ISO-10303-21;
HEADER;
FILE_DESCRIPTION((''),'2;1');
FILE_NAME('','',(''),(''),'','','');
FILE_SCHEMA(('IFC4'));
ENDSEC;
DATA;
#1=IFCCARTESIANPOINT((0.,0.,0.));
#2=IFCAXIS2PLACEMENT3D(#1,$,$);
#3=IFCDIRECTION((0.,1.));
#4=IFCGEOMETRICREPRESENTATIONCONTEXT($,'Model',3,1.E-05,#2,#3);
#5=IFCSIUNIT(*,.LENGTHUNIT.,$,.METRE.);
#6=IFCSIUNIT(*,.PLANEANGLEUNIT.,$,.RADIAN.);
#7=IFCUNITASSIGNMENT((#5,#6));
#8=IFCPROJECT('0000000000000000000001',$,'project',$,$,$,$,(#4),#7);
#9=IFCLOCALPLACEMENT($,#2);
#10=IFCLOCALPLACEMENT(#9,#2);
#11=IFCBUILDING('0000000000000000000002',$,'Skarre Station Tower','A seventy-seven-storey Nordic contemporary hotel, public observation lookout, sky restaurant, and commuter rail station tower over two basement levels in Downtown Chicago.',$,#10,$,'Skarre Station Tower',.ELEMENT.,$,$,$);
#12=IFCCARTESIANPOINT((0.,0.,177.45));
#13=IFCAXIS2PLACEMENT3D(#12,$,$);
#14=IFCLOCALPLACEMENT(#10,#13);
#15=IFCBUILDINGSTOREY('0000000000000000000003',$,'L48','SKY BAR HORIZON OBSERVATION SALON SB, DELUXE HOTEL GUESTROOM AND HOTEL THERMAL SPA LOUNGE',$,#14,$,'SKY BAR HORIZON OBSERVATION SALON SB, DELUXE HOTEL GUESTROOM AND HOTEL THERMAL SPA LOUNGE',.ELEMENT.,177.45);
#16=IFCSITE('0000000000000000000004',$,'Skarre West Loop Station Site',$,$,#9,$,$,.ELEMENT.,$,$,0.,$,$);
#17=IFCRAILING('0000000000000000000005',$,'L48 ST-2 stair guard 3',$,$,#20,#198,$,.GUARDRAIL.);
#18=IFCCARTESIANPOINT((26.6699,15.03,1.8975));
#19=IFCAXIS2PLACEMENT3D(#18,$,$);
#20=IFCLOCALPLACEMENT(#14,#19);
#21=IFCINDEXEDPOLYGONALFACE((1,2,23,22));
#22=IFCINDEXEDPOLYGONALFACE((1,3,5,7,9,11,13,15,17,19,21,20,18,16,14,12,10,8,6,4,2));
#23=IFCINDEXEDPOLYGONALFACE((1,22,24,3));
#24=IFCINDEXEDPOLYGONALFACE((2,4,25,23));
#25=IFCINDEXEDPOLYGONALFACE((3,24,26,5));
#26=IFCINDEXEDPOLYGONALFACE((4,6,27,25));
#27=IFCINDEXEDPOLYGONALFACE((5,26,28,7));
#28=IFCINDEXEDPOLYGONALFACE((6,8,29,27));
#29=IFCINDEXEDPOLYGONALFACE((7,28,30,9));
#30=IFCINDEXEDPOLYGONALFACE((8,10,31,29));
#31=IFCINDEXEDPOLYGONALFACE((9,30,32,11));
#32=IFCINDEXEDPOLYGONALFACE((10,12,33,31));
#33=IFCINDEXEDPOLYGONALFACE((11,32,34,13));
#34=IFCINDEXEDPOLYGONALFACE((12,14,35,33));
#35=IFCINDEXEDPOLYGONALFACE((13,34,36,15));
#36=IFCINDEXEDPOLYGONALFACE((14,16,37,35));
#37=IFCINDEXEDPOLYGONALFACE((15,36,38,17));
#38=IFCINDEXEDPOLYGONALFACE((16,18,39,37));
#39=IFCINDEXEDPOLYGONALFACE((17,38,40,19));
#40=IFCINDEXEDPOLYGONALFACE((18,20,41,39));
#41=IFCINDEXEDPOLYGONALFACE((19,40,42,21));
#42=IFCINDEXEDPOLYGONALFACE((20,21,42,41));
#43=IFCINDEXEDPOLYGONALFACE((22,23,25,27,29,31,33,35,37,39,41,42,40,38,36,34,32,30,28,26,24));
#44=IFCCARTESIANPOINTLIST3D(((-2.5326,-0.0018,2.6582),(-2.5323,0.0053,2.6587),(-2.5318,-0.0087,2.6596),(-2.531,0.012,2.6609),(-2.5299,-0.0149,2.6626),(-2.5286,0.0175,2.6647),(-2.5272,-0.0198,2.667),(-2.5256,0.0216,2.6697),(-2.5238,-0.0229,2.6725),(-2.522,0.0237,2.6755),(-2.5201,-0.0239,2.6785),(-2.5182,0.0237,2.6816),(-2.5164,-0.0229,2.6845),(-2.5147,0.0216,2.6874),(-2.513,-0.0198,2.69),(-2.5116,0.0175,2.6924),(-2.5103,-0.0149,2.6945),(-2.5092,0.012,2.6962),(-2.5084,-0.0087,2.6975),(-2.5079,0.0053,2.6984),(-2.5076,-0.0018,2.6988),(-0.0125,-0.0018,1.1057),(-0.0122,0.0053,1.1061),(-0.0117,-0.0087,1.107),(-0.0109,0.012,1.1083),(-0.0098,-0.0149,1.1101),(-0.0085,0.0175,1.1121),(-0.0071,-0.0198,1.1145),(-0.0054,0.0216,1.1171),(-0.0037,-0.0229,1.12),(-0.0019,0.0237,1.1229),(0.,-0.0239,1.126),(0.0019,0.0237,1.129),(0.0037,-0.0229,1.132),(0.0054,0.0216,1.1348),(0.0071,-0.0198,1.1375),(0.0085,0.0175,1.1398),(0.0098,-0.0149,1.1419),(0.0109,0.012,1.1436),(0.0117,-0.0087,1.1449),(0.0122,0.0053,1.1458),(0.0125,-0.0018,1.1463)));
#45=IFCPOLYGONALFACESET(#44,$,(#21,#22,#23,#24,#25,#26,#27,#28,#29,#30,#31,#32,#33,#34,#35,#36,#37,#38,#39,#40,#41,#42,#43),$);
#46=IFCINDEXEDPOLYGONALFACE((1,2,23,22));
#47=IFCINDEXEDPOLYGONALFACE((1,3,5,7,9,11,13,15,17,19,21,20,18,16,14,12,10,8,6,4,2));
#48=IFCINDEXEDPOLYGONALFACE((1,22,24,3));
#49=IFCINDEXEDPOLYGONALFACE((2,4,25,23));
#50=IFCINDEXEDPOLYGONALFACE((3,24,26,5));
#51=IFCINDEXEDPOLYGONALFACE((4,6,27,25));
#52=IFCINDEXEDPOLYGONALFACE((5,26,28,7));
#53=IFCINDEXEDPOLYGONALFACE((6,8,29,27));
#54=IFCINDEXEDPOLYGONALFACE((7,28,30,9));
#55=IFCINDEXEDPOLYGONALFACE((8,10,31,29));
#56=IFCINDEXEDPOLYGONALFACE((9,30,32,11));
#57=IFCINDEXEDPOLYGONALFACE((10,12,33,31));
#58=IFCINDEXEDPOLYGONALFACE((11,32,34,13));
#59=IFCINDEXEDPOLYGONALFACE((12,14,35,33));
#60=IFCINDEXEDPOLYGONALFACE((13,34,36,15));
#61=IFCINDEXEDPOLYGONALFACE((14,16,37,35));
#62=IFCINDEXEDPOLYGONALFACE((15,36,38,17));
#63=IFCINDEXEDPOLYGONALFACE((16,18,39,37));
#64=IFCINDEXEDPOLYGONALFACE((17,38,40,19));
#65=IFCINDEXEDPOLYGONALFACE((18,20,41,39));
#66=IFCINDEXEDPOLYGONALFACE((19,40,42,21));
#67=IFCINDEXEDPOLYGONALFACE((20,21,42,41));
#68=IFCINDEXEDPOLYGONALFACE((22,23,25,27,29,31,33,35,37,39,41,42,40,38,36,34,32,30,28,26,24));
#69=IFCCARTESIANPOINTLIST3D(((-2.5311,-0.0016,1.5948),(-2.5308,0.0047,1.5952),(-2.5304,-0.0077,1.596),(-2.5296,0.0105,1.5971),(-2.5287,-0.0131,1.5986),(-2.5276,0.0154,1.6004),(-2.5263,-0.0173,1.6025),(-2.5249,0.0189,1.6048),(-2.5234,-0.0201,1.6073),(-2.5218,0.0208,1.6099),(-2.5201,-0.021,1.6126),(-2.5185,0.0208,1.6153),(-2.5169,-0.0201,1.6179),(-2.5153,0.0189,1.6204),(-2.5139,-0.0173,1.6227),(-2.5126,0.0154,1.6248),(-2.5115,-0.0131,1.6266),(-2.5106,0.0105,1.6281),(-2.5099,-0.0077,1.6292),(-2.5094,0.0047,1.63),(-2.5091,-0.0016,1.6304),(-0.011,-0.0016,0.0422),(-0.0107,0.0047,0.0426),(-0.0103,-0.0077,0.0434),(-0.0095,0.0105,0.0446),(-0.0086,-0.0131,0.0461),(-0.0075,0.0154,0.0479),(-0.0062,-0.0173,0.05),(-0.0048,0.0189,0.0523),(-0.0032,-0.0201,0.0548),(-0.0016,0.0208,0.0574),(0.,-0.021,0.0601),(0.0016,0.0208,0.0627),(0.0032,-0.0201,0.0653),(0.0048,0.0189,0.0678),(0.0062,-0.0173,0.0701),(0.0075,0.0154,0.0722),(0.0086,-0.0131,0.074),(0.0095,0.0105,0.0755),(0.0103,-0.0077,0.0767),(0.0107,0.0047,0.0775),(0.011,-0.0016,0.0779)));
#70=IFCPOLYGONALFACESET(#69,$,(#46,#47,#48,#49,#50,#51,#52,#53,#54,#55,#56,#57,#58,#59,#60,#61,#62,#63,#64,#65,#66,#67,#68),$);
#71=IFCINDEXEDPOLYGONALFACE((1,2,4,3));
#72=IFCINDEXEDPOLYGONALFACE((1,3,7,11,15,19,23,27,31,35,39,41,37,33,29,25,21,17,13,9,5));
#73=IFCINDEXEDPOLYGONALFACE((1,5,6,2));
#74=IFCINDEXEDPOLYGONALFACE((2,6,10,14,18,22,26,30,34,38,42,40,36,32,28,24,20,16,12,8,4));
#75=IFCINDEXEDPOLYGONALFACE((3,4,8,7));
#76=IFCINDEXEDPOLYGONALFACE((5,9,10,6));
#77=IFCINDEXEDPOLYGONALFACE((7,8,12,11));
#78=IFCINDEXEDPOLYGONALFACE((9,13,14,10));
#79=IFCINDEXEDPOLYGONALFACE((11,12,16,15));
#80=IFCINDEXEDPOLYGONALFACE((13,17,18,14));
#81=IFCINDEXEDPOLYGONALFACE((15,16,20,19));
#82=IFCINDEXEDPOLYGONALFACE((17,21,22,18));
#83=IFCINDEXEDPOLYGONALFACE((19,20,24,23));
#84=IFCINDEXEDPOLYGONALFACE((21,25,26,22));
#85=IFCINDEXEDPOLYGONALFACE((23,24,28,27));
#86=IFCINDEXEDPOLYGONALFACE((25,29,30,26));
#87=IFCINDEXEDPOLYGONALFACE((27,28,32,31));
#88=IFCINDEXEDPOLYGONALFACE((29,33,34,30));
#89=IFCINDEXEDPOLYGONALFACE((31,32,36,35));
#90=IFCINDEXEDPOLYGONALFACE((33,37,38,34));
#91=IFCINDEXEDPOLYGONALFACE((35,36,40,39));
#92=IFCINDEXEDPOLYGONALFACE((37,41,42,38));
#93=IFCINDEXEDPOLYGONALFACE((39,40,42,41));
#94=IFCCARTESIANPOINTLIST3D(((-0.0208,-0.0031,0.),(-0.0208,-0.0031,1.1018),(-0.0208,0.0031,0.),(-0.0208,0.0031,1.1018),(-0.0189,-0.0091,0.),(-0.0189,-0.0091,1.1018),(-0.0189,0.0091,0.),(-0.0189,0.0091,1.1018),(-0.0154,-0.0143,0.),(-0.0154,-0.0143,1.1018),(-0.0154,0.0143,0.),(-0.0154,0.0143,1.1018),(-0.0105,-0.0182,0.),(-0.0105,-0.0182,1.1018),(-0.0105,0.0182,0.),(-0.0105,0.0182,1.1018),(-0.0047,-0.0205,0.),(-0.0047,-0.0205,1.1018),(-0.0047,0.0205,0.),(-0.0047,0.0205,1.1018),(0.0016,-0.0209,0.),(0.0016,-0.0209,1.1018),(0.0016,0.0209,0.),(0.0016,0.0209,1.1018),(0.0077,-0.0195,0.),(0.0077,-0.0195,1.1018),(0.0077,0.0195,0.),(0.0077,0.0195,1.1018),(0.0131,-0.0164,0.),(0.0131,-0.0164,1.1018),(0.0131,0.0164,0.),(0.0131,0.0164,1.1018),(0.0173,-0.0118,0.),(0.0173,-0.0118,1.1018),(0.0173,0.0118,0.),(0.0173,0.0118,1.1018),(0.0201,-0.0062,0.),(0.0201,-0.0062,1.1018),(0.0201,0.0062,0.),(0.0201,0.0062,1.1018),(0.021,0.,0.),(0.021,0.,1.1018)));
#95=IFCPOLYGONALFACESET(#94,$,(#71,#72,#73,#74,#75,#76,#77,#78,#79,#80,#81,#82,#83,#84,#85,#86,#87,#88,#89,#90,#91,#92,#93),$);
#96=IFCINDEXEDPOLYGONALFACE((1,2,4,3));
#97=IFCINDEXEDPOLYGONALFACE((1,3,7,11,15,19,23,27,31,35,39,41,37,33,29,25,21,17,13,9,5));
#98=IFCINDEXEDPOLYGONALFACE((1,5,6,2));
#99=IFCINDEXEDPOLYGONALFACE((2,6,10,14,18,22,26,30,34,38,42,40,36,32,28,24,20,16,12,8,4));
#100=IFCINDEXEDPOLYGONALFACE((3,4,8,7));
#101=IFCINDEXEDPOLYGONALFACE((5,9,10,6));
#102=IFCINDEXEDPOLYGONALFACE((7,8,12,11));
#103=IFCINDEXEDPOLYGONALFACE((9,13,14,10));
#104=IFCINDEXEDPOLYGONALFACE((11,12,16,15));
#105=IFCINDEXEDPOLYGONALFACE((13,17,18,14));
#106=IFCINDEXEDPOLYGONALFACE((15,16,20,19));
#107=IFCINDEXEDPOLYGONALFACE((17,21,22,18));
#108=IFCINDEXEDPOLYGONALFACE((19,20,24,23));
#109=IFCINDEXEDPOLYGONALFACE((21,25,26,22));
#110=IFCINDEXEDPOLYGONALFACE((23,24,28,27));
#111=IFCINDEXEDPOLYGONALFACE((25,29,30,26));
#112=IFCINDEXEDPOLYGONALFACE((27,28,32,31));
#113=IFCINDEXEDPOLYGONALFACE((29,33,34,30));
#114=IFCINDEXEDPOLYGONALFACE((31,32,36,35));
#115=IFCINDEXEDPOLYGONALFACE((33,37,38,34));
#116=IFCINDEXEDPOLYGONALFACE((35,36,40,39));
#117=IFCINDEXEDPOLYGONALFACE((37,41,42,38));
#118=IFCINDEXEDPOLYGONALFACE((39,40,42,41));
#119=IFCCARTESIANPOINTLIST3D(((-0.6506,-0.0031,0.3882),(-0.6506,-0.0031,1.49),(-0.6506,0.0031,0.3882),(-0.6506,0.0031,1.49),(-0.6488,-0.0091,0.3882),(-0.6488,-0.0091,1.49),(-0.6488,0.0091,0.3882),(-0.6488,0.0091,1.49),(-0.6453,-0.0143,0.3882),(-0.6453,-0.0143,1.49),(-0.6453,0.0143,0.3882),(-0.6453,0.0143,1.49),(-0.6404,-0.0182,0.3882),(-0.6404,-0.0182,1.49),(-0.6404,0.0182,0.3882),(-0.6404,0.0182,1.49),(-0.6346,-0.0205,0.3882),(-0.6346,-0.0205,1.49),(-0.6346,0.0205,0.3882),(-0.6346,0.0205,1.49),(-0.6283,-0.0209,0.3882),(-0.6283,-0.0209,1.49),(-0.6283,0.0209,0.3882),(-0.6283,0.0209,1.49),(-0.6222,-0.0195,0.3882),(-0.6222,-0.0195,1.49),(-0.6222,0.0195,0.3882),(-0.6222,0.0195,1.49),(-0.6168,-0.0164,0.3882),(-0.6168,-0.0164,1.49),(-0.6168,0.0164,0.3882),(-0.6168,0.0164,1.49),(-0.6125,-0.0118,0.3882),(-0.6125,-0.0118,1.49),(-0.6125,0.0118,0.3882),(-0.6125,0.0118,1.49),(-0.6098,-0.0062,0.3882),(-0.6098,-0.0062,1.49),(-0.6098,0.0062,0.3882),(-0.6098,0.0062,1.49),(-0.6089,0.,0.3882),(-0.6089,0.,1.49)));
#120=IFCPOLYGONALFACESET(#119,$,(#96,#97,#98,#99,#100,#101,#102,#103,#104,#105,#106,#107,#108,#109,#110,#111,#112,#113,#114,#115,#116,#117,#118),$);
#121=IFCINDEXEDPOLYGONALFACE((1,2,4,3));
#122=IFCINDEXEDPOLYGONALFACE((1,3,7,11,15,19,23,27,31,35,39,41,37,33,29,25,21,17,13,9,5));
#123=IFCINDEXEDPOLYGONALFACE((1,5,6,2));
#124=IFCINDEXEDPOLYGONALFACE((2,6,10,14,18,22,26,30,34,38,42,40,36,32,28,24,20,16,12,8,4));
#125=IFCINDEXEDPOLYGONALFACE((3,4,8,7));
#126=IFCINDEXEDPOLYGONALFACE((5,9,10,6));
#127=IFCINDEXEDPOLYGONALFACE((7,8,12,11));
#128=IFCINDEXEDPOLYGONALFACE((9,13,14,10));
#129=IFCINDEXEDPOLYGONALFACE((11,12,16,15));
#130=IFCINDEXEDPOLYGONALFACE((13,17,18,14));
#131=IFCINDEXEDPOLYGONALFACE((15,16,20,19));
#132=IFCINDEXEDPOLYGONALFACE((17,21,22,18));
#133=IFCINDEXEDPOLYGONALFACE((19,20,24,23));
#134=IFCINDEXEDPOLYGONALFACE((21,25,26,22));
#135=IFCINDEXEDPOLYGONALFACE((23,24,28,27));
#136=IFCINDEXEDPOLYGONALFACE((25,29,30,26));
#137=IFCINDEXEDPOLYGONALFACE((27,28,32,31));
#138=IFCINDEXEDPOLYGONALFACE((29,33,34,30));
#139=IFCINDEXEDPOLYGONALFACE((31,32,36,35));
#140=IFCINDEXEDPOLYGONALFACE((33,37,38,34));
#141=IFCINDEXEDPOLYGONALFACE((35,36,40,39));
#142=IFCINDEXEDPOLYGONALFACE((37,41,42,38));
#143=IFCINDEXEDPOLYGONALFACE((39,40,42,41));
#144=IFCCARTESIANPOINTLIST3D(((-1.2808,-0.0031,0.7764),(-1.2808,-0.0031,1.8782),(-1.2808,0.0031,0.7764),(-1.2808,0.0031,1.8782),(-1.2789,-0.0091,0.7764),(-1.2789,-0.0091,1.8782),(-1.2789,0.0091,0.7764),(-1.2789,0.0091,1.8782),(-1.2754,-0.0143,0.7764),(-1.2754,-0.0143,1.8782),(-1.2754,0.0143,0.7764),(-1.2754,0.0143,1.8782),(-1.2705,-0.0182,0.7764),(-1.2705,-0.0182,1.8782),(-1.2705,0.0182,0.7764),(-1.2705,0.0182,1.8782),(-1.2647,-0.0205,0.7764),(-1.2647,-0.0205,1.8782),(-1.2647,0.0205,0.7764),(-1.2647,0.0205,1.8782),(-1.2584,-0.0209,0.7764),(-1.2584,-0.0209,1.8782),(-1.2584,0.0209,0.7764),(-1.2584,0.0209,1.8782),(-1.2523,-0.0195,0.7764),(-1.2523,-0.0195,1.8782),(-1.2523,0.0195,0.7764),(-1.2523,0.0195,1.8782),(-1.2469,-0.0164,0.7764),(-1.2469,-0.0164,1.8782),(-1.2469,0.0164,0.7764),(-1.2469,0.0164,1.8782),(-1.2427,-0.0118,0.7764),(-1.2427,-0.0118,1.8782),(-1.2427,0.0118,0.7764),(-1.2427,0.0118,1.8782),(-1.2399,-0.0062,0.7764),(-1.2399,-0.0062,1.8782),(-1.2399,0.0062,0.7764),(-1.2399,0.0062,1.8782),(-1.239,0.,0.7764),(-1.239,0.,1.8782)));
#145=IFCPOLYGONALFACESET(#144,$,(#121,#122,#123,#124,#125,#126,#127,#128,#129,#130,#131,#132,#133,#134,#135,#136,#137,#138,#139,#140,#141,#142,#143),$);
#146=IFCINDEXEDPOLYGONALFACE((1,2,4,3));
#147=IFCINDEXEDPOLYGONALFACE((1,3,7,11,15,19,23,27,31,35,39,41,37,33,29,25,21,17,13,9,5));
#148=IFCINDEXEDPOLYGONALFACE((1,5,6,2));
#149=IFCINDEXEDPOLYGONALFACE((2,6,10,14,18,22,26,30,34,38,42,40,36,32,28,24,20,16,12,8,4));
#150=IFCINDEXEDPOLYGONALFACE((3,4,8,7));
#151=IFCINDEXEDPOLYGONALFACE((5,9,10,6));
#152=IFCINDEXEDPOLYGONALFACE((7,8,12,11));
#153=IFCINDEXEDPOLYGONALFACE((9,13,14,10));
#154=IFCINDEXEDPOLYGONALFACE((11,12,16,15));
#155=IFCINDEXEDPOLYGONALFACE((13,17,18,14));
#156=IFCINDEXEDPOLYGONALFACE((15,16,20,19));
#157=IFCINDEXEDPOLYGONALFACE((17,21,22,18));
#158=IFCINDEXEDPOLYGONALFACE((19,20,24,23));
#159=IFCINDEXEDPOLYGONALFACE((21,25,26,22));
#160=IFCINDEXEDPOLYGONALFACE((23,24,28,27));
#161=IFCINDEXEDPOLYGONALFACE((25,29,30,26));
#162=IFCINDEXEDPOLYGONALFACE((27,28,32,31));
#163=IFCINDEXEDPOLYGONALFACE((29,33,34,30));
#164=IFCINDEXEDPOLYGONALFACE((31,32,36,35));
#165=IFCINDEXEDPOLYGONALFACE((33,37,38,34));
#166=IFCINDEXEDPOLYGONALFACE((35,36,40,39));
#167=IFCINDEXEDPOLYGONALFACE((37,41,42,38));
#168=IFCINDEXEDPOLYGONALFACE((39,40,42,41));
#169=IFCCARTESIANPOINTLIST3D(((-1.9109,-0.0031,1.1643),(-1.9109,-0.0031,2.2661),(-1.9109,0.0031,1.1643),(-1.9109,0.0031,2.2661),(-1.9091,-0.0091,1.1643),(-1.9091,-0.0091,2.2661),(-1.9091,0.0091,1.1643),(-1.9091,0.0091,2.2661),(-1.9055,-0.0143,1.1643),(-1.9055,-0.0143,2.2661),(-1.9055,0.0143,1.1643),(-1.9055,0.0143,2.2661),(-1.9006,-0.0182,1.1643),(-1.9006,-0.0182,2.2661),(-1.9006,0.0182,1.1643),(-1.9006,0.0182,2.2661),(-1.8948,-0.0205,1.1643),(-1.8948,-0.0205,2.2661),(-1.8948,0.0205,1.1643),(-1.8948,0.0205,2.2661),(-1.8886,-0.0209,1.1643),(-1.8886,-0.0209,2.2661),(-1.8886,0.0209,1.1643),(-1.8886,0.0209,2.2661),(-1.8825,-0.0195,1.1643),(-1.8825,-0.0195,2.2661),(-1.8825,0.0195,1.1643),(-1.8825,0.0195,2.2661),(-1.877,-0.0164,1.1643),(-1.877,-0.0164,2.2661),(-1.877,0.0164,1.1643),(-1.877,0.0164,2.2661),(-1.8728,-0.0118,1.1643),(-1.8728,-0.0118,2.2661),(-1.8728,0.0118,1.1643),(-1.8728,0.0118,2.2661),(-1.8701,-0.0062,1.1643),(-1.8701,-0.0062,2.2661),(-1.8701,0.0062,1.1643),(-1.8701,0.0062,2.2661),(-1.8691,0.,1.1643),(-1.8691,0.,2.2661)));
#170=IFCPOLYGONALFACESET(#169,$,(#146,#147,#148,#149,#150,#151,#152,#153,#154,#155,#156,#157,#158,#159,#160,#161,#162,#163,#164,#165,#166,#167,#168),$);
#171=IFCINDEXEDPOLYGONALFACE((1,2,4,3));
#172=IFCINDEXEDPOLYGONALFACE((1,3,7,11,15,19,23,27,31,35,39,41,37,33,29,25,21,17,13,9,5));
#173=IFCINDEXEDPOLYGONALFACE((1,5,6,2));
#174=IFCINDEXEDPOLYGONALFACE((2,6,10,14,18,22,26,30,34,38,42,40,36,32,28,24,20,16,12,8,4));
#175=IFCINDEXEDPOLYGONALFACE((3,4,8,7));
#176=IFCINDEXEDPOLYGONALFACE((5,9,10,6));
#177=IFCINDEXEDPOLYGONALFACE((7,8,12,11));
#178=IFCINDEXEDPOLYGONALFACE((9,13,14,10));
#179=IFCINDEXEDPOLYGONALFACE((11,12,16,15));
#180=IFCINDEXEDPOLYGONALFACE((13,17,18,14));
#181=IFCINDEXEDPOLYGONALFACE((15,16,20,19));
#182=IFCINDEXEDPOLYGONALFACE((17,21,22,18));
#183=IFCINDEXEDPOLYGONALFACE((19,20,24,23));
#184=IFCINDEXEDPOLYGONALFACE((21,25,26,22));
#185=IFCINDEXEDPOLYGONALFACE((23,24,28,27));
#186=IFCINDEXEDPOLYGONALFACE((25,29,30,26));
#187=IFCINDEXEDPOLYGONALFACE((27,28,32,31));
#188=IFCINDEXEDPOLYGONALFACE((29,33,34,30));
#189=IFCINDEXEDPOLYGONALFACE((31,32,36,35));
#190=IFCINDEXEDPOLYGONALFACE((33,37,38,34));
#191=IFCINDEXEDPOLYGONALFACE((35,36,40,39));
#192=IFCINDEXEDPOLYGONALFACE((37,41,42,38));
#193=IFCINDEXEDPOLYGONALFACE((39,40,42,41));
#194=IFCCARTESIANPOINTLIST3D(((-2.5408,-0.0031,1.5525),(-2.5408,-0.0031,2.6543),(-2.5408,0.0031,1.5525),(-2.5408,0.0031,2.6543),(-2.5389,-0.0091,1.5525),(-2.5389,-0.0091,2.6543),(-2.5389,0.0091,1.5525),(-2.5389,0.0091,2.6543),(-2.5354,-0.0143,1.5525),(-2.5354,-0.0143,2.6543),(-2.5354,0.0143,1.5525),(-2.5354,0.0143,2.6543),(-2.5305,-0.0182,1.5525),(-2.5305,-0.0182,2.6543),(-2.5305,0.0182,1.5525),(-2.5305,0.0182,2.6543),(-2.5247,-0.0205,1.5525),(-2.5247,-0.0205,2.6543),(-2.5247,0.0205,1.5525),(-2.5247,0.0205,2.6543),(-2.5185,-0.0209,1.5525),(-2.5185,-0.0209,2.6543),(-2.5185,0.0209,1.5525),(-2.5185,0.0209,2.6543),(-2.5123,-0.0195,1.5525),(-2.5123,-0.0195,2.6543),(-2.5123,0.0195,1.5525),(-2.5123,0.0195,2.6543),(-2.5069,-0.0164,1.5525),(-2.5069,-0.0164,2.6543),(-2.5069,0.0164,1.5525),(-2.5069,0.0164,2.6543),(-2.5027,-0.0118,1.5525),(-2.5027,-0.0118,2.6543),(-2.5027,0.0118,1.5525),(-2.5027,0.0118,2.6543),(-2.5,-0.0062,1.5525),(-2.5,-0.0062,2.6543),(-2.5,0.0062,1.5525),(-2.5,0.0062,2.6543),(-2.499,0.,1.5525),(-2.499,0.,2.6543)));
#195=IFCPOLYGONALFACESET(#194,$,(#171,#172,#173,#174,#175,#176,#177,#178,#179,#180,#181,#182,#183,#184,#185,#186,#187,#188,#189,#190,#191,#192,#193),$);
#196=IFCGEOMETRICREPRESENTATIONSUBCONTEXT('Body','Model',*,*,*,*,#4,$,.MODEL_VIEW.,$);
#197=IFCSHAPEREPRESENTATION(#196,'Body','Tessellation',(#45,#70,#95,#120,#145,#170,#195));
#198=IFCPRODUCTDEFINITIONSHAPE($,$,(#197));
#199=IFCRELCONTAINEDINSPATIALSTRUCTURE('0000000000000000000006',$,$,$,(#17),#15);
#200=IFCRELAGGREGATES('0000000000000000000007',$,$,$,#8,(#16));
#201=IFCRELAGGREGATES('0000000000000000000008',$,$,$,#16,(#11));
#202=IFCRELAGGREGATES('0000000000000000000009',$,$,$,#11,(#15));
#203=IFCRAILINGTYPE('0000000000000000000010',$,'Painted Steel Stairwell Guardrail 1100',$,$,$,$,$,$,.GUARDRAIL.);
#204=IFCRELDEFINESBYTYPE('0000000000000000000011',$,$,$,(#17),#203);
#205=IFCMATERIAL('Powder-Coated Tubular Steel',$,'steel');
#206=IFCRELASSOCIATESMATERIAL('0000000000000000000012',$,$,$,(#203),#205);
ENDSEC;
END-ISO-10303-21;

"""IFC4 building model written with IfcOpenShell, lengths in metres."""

from ifc_helpers import new_model, si_unit, direction, frame, origin, origin_2d, place, context, subcontext, project, spatial, circle, extrude, material, type_object, element, save


model = new_model("IFC4")

# Units and contexts
model_context = context("Model", 3, precision=1e-05, world=origin(), true_north=direction((0.0, 1.0)))
body_context = subcontext(model_context, "Body", "Model", "MODEL_VIEW")
ifc_project = project(units=[si_unit("LENGTHUNIT", "METRE"), si_unit("PLANEANGLEUNIT", "RADIAN")], contexts=[model_context])

# Site, building, storey
site_placement = place(None, origin())
site = spatial("IfcSite", under=ifc_project, at=site_placement, Name="Skarre West Loop Station Site", CompositionType="ELEMENT", RefElevation=0.0)
building_placement = place(site_placement, origin())
building = spatial("IfcBuilding", under=site, at=building_placement, Name="Skarre Station Tower", Description="A seventy-seven-storey Nordic contemporary hotel, public observation lookout, sky restaurant, and commuter rail station tower over two basement levels in Downtown Chicago.", LongName="Skarre Station Tower", CompositionType="ELEMENT")
storey_placement = place(building_placement, frame((0.0, 0.0, 177.45)))
storey = spatial("IfcBuildingStorey", under=building, at=storey_placement, Name="L48", Description="SKY BAR HORIZON OBSERVATION SALON SB, DELUXE HOTEL GUESTROOM AND HOTEL THERMAL SPA LOUNGE", LongName="SKY BAR HORIZON OBSERVATION SALON SB, DELUXE HOTEL GUESTROOM AND HOTEL THERMAL SPA LOUNGE", CompositionType="ELEMENT", Elevation=177.45)

# Railing
ifc_material_1 = material(Name="Powder-Coated Tubular Steel", Category="steel")
railing_type_1 = type_object("IfcRailingType", Name="Painted Steel Stairwell Guardrail 1100", PredefinedType="GUARDRAIL", material=ifc_material_1)
railing_1_placement = place(storey_placement, frame((26.6699, 15.03, 1.8975)))
element("IfcRailing", 1, at=railing_1_placement, inside=storey, type_object=railing_type_1, Name="L48 ST-2 stair guard 3", PredefinedType="GUARDRAIL", context=body_context, shape_type="SweptSolid", body=[
    extrude(circle(Radius=0.0239, at=origin_2d()), frame((0.0, 0.0, 1.126), z_axis=(-0.8514, 0.0, 0.524516), x_axis=(0.0, -1.0, 0.0)), (0.0, 0.0, 1.0), 2.96),
    extrude(circle(Radius=0.021, at=origin_2d()), frame((0.0, 0.0, 0.0601), z_axis=(-0.8514, 0.0, 0.524516), x_axis=(0.0, -1.0, 0.0)), (0.0, 0.0, 1.0), 2.96),
    extrude(circle(Radius=0.021, at=origin_2d()), origin(), (0.0, 0.0, 1.0), 1.1018),
    extrude(circle(Radius=0.021, at=origin_2d()), frame((-0.6299, 0.0, 0.3882)), (0.0, 0.0, 1.0), 1.1018),
    extrude(circle(Radius=0.021, at=origin_2d()), frame((-1.26, 0.0, 0.7764)), (0.0, 0.0, 1.0), 1.1018),
    extrude(circle(Radius=0.021, at=origin_2d()), frame((-1.8901, 0.0, 1.1643)), (0.0, 0.0, 1.0), 1.1018),
    extrude(circle(Radius=0.021, at=origin_2d()), frame((-2.52, 0.0, 1.5525)), (0.0, 0.0, 1.0), 1.1018),
])

save(model, "model.ifc")
